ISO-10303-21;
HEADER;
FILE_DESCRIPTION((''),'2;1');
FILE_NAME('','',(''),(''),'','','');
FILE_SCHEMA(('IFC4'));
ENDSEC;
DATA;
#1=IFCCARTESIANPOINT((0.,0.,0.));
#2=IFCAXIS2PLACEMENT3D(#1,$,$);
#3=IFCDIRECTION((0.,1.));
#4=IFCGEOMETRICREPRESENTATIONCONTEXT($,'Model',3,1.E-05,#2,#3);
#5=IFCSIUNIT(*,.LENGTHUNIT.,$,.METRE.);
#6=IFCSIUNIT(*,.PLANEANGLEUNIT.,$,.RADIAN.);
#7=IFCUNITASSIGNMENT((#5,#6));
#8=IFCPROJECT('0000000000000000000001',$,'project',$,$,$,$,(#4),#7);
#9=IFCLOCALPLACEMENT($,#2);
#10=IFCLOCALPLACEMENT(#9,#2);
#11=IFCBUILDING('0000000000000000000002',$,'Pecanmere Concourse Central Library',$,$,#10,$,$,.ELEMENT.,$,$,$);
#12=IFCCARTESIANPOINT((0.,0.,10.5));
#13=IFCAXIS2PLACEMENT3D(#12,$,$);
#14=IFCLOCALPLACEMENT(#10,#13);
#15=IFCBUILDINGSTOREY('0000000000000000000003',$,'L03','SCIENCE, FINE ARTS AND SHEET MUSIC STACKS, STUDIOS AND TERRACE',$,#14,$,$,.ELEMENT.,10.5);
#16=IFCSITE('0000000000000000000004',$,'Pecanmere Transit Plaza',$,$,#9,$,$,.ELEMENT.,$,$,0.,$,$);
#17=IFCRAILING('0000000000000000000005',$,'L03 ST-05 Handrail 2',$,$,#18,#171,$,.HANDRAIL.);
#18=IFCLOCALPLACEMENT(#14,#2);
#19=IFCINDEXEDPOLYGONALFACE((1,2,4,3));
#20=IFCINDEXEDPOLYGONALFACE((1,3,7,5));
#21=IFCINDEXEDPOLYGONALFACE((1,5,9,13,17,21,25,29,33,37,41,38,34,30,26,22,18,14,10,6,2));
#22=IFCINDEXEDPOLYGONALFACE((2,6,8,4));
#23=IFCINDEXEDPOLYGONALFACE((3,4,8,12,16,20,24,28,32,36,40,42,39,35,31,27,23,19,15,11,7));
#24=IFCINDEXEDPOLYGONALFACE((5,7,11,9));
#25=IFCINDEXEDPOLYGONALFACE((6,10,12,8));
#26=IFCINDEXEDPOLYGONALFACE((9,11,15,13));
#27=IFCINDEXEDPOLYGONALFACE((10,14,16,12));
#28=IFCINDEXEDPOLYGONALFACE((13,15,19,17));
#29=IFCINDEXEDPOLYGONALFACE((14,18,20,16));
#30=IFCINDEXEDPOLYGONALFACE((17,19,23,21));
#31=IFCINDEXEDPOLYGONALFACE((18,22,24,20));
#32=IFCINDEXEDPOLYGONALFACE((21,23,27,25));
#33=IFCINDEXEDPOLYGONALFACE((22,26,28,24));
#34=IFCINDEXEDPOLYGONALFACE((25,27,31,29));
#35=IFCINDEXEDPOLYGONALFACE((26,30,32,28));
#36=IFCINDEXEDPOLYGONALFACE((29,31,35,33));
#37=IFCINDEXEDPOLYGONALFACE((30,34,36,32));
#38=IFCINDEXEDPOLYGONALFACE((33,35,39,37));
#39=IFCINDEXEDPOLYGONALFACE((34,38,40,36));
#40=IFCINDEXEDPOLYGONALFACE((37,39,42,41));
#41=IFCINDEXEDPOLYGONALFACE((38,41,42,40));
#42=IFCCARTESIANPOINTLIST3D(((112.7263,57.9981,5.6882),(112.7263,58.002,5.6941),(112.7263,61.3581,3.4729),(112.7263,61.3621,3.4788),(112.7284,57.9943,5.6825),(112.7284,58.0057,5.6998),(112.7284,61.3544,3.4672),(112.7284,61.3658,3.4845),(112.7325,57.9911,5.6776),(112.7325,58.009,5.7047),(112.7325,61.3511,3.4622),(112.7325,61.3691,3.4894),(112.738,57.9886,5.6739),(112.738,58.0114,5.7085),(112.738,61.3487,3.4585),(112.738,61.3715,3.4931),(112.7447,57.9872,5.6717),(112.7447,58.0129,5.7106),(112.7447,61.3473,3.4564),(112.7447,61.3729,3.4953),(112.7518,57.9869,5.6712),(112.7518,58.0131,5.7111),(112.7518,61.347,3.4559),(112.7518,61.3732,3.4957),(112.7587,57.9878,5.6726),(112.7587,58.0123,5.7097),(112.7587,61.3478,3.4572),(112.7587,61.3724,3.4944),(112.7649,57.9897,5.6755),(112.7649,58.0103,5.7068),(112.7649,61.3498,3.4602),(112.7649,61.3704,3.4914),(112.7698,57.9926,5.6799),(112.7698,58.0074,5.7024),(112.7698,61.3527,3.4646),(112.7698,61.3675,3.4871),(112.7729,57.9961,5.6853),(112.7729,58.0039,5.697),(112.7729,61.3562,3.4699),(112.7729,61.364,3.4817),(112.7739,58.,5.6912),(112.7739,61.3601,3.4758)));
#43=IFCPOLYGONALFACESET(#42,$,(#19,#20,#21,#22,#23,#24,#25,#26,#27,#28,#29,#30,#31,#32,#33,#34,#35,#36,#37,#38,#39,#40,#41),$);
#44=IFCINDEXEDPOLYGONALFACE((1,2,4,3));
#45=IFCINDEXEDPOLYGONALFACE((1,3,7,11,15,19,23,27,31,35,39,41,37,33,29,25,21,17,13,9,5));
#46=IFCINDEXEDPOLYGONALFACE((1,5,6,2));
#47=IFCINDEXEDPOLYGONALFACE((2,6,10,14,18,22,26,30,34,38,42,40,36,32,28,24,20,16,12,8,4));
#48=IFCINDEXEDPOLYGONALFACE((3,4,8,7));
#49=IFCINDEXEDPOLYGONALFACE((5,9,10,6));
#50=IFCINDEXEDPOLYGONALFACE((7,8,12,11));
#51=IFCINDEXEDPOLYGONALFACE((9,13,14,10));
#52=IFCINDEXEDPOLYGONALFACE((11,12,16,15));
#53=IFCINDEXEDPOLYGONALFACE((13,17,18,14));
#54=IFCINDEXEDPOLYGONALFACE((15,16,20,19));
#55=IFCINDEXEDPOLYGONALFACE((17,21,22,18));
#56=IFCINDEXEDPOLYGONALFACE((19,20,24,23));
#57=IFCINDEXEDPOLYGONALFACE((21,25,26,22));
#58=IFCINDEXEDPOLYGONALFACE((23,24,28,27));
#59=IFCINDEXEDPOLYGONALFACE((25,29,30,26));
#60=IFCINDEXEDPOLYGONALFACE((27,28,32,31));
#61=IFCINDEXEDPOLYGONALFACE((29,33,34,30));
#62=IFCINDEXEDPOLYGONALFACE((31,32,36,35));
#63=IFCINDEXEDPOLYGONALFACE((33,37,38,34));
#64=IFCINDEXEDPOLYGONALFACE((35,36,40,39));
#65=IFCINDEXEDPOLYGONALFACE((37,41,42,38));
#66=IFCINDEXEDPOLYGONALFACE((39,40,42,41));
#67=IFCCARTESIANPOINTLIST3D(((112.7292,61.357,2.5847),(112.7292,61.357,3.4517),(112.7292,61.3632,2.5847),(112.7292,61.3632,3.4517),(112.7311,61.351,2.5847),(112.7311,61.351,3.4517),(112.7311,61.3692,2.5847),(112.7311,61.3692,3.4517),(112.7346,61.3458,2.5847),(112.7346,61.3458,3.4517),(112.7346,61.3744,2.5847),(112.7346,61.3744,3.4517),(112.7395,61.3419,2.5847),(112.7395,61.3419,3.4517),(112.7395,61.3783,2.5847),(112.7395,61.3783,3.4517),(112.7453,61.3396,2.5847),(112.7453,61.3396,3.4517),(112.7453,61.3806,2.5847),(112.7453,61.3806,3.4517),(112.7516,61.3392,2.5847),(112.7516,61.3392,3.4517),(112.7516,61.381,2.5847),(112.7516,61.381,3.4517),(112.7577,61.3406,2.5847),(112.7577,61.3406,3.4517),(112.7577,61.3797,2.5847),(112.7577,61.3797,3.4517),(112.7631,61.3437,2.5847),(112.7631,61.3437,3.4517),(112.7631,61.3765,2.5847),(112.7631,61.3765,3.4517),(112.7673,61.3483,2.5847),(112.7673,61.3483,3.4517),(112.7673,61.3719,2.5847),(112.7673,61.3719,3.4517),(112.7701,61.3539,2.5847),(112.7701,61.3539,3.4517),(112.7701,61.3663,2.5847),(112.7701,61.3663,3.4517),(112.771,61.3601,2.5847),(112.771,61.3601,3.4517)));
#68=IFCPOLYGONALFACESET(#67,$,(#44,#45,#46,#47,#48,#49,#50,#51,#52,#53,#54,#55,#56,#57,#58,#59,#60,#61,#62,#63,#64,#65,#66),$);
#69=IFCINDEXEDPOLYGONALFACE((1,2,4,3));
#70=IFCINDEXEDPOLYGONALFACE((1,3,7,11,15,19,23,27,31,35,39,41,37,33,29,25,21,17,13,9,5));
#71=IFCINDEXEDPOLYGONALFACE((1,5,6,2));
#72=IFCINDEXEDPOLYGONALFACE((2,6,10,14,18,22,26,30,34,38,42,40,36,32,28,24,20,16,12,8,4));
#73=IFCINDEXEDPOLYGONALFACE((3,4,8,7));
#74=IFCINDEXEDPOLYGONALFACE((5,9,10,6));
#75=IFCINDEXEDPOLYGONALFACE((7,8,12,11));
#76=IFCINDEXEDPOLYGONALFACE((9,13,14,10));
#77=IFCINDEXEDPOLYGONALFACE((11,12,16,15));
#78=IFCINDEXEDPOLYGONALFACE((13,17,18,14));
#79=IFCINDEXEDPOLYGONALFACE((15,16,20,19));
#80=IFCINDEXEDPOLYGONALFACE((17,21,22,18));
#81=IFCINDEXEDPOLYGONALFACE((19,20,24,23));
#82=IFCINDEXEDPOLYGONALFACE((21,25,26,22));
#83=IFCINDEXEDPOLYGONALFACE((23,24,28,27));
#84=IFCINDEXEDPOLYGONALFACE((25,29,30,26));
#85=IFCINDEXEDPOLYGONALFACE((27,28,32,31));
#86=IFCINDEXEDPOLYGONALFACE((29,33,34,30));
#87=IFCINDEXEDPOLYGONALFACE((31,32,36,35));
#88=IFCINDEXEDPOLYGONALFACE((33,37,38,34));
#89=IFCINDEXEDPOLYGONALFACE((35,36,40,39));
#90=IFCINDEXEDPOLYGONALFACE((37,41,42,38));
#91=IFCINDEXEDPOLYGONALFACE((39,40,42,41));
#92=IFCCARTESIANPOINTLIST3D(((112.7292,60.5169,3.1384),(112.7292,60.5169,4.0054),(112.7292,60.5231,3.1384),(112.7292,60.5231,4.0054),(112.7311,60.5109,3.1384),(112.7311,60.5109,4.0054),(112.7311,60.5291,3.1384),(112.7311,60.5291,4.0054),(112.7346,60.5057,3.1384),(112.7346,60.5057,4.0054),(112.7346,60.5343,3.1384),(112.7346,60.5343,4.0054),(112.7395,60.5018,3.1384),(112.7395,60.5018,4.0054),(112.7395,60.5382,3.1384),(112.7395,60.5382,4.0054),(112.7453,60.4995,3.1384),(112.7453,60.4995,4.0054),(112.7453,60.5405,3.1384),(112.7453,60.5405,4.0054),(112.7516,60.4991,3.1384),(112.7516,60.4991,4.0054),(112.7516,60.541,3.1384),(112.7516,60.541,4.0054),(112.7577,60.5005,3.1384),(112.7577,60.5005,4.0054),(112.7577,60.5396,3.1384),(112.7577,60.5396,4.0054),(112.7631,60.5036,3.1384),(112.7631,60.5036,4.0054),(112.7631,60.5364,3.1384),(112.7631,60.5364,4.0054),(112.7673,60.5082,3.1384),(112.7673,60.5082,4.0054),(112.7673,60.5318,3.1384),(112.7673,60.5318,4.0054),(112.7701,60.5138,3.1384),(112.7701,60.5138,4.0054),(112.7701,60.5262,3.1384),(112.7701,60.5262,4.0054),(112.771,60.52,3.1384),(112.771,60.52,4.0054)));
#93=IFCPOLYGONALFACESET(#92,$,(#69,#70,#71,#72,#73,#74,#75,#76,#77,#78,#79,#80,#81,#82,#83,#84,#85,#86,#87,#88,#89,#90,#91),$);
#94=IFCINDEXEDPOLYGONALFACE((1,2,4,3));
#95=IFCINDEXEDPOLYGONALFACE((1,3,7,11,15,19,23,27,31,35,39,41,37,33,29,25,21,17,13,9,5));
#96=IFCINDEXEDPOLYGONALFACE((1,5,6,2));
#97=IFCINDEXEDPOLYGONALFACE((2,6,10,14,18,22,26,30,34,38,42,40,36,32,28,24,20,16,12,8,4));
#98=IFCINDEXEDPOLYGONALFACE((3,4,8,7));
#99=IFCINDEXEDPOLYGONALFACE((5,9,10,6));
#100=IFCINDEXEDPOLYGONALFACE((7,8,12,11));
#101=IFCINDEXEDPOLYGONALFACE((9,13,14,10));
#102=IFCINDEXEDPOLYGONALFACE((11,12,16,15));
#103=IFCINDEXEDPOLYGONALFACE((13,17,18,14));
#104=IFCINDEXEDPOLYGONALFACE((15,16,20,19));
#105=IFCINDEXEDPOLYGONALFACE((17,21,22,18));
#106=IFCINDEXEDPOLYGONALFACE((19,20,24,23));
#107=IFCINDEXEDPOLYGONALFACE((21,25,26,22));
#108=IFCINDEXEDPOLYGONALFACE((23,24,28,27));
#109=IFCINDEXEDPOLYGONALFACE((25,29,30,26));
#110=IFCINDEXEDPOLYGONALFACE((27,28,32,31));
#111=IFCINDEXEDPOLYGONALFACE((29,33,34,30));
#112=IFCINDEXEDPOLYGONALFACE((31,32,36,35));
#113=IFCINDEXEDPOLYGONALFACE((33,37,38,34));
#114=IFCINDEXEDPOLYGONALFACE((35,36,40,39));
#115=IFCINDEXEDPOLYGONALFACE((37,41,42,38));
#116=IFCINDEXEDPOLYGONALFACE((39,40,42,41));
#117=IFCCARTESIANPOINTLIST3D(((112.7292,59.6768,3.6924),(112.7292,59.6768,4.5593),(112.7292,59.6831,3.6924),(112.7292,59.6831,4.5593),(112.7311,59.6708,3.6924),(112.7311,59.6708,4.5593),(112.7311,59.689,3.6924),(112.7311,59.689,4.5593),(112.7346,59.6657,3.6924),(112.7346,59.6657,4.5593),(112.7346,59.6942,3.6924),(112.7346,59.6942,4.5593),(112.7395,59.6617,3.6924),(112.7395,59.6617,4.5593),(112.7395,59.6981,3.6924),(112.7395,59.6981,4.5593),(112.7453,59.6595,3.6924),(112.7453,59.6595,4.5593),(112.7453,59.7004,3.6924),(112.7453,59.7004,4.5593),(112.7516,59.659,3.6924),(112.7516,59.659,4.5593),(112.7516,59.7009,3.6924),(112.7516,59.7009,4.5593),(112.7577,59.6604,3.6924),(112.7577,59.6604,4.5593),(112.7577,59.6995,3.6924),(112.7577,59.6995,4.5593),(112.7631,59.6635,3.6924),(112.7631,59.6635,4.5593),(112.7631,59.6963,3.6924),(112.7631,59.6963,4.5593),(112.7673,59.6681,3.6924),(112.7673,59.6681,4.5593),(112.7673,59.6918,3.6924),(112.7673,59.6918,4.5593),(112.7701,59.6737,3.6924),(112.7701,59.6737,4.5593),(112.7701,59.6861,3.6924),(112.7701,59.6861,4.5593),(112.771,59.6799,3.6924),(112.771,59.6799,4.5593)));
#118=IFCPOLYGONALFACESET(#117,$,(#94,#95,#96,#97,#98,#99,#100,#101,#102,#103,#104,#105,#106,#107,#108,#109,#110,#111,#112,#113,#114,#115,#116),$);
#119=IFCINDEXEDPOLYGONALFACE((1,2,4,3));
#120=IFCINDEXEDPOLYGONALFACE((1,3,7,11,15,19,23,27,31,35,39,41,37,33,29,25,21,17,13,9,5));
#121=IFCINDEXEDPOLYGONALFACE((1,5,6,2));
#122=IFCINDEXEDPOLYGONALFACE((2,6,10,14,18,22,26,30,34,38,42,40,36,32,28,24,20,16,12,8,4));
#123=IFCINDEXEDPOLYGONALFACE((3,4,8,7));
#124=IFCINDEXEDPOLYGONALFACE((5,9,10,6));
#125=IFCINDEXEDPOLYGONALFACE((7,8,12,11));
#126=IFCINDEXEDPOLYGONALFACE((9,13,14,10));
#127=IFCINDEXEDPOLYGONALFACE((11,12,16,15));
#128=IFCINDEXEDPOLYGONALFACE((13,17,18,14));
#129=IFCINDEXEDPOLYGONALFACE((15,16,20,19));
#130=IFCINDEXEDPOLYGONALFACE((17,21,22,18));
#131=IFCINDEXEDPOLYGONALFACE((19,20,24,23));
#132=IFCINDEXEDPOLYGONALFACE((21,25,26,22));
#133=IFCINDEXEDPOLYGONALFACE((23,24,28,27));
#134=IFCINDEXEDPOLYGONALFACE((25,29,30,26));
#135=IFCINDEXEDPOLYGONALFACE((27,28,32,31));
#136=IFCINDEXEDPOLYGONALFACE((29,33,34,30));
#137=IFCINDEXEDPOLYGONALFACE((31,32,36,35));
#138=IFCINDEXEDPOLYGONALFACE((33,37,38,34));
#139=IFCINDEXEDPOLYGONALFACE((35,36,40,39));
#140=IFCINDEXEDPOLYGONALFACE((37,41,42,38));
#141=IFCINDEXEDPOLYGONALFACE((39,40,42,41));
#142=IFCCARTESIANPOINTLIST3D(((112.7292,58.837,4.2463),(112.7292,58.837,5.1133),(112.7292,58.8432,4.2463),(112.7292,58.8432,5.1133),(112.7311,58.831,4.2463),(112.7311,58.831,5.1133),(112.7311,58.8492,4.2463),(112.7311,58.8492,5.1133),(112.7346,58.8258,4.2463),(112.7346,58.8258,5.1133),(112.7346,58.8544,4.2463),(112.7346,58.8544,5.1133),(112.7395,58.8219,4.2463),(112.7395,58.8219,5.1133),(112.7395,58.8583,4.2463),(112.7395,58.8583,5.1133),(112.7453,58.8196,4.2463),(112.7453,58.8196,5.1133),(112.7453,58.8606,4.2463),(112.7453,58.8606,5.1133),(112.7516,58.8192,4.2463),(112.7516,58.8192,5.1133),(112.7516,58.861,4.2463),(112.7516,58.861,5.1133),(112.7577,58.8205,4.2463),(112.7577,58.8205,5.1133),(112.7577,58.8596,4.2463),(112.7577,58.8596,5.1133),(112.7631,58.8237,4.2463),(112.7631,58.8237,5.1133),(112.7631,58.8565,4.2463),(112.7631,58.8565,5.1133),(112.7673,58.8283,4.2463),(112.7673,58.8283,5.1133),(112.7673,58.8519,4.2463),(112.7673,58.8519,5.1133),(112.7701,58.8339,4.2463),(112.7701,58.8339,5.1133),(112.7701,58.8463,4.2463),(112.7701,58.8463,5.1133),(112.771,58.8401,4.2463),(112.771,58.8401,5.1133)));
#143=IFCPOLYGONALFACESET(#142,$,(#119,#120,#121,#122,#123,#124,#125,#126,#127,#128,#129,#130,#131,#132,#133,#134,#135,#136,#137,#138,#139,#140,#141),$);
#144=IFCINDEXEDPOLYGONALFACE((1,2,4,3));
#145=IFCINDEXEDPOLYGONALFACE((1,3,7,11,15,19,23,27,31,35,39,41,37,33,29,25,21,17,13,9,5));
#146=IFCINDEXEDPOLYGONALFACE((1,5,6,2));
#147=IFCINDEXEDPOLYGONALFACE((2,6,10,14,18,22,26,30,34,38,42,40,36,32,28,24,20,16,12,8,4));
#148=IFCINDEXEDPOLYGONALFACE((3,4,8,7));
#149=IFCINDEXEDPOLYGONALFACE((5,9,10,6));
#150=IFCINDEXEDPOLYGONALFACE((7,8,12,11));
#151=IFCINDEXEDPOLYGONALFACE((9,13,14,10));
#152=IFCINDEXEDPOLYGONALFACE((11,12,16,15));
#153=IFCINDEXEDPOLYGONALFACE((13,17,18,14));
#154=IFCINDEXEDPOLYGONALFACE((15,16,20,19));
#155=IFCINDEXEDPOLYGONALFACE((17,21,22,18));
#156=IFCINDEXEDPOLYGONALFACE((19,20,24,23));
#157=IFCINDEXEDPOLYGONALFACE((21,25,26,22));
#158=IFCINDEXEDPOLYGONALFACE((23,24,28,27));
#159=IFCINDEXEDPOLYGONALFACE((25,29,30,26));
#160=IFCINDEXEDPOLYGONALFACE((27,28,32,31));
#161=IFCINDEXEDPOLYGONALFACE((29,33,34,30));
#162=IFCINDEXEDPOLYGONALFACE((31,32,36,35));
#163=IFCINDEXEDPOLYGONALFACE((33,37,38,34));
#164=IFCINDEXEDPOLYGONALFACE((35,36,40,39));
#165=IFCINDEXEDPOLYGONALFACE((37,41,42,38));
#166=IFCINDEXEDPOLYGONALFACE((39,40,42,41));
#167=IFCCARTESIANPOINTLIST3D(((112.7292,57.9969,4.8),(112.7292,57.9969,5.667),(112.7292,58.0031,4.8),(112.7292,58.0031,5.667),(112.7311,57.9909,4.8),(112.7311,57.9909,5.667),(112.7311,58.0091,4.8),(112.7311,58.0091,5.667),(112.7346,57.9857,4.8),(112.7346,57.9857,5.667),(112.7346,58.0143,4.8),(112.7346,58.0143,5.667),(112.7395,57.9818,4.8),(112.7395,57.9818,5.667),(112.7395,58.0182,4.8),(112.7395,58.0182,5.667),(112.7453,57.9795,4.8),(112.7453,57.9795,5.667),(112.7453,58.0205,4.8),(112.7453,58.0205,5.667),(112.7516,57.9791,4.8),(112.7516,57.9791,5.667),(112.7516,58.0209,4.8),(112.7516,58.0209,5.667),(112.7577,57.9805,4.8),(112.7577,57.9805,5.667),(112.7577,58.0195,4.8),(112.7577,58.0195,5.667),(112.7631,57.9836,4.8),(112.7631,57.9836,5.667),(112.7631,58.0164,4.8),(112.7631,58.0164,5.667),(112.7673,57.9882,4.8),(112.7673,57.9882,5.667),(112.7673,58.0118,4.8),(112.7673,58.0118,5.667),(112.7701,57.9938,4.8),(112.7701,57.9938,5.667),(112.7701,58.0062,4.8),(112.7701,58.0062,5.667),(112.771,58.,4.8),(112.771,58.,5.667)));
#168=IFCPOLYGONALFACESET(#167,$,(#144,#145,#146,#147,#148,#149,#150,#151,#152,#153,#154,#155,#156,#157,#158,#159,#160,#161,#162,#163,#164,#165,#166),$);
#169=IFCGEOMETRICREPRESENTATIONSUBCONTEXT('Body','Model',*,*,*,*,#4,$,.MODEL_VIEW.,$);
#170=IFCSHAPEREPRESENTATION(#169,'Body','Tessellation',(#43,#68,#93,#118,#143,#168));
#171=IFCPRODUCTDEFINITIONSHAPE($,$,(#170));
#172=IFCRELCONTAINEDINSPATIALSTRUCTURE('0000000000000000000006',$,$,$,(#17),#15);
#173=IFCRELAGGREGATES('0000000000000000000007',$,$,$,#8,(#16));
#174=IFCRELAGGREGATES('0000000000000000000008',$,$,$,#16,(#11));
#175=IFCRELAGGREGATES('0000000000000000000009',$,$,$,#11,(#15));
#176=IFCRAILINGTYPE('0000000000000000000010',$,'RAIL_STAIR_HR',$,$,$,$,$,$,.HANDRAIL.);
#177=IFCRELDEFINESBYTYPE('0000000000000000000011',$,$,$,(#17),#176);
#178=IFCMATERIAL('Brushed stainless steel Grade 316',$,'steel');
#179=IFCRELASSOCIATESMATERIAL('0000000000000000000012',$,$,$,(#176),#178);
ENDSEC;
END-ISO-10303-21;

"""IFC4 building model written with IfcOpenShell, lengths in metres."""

from ifc_helpers import new_model, si_unit, direction, frame, origin, origin_2d, place, context, subcontext, project, spatial, circle, extrude, material, type_object, element, save


model = new_model("IFC4")

# Units and contexts
model_context = context("Model", 3, precision=1e-05, world=origin(), true_north=direction((0.0, 1.0)))
body_context = subcontext(model_context, "Body", "Model", "MODEL_VIEW")
ifc_project = project(units=[si_unit("LENGTHUNIT", "METRE"), si_unit("PLANEANGLEUNIT", "RADIAN")], contexts=[model_context])

# Site, building, storey
site_placement = place(None, origin())
site = spatial("IfcSite", under=ifc_project, at=site_placement, Name="Pecanmere Transit Plaza", CompositionType="ELEMENT", RefElevation=0.0)
building_placement = place(site_placement, origin())
building = spatial("IfcBuilding", under=site, at=building_placement, Name="Pecanmere Concourse Central Library", CompositionType="ELEMENT")
storey_placement = place(building_placement, frame((0.0, 0.0, 10.5)))
storey = spatial("IfcBuildingStorey", under=building, at=storey_placement, Name="L03", Description="SCIENCE, FINE ARTS AND SHEET MUSIC STACKS, STUDIOS AND TERRACE", CompositionType="ELEMENT", Elevation=10.5)

# Railing
ifc_material_1 = material(Name="Brushed stainless steel Grade 316", Category="steel")
railing_type_1 = type_object("IfcRailingType", Name="RAIL_STAIR_HR", PredefinedType="HANDRAIL", material=ifc_material_1)
railing_1_placement = place(storey_placement, frame((112.75, 61.3601, 2.5847)))
element("IfcRailing", 1, at=railing_1_placement, inside=storey, type_object=railing_type_1, Name="L03 ST-05 Handrail 2", PredefinedType="HANDRAIL", context=body_context, shape_type="SweptSolid", body=[
    extrude(circle(Radius=0.0239, at=origin_2d()), frame((0.0, 0.0, 0.8911), z_axis=(0.0, -0.834876, 0.550437), x_axis=(1.0, 0.0, 0.0)), (0.0, 0.0, 1.0), 4.0247),
    extrude(circle(Radius=0.021, at=origin_2d()), origin(), (0.0, 0.0, 1.0), 0.8669),
    extrude(circle(Radius=0.021, at=origin_2d()), frame((0.0, -0.8401, 0.5537)), (0.0, 0.0, 1.0), 0.8669),
    extrude(circle(Radius=0.021, at=origin_2d()), frame((0.0, -1.6802, 1.1077)), (0.0, 0.0, 1.0), 0.8669),
    extrude(circle(Radius=0.021, at=origin_2d()), frame((0.0, -2.52, 1.6616)), (0.0, 0.0, 1.0), 0.8669),
    extrude(circle(Radius=0.021, at=origin_2d()), frame((0.0, -3.3601, 2.2153)), (0.0, 0.0, 1.0), 0.8669),
])

save(model, "model.ifc")
